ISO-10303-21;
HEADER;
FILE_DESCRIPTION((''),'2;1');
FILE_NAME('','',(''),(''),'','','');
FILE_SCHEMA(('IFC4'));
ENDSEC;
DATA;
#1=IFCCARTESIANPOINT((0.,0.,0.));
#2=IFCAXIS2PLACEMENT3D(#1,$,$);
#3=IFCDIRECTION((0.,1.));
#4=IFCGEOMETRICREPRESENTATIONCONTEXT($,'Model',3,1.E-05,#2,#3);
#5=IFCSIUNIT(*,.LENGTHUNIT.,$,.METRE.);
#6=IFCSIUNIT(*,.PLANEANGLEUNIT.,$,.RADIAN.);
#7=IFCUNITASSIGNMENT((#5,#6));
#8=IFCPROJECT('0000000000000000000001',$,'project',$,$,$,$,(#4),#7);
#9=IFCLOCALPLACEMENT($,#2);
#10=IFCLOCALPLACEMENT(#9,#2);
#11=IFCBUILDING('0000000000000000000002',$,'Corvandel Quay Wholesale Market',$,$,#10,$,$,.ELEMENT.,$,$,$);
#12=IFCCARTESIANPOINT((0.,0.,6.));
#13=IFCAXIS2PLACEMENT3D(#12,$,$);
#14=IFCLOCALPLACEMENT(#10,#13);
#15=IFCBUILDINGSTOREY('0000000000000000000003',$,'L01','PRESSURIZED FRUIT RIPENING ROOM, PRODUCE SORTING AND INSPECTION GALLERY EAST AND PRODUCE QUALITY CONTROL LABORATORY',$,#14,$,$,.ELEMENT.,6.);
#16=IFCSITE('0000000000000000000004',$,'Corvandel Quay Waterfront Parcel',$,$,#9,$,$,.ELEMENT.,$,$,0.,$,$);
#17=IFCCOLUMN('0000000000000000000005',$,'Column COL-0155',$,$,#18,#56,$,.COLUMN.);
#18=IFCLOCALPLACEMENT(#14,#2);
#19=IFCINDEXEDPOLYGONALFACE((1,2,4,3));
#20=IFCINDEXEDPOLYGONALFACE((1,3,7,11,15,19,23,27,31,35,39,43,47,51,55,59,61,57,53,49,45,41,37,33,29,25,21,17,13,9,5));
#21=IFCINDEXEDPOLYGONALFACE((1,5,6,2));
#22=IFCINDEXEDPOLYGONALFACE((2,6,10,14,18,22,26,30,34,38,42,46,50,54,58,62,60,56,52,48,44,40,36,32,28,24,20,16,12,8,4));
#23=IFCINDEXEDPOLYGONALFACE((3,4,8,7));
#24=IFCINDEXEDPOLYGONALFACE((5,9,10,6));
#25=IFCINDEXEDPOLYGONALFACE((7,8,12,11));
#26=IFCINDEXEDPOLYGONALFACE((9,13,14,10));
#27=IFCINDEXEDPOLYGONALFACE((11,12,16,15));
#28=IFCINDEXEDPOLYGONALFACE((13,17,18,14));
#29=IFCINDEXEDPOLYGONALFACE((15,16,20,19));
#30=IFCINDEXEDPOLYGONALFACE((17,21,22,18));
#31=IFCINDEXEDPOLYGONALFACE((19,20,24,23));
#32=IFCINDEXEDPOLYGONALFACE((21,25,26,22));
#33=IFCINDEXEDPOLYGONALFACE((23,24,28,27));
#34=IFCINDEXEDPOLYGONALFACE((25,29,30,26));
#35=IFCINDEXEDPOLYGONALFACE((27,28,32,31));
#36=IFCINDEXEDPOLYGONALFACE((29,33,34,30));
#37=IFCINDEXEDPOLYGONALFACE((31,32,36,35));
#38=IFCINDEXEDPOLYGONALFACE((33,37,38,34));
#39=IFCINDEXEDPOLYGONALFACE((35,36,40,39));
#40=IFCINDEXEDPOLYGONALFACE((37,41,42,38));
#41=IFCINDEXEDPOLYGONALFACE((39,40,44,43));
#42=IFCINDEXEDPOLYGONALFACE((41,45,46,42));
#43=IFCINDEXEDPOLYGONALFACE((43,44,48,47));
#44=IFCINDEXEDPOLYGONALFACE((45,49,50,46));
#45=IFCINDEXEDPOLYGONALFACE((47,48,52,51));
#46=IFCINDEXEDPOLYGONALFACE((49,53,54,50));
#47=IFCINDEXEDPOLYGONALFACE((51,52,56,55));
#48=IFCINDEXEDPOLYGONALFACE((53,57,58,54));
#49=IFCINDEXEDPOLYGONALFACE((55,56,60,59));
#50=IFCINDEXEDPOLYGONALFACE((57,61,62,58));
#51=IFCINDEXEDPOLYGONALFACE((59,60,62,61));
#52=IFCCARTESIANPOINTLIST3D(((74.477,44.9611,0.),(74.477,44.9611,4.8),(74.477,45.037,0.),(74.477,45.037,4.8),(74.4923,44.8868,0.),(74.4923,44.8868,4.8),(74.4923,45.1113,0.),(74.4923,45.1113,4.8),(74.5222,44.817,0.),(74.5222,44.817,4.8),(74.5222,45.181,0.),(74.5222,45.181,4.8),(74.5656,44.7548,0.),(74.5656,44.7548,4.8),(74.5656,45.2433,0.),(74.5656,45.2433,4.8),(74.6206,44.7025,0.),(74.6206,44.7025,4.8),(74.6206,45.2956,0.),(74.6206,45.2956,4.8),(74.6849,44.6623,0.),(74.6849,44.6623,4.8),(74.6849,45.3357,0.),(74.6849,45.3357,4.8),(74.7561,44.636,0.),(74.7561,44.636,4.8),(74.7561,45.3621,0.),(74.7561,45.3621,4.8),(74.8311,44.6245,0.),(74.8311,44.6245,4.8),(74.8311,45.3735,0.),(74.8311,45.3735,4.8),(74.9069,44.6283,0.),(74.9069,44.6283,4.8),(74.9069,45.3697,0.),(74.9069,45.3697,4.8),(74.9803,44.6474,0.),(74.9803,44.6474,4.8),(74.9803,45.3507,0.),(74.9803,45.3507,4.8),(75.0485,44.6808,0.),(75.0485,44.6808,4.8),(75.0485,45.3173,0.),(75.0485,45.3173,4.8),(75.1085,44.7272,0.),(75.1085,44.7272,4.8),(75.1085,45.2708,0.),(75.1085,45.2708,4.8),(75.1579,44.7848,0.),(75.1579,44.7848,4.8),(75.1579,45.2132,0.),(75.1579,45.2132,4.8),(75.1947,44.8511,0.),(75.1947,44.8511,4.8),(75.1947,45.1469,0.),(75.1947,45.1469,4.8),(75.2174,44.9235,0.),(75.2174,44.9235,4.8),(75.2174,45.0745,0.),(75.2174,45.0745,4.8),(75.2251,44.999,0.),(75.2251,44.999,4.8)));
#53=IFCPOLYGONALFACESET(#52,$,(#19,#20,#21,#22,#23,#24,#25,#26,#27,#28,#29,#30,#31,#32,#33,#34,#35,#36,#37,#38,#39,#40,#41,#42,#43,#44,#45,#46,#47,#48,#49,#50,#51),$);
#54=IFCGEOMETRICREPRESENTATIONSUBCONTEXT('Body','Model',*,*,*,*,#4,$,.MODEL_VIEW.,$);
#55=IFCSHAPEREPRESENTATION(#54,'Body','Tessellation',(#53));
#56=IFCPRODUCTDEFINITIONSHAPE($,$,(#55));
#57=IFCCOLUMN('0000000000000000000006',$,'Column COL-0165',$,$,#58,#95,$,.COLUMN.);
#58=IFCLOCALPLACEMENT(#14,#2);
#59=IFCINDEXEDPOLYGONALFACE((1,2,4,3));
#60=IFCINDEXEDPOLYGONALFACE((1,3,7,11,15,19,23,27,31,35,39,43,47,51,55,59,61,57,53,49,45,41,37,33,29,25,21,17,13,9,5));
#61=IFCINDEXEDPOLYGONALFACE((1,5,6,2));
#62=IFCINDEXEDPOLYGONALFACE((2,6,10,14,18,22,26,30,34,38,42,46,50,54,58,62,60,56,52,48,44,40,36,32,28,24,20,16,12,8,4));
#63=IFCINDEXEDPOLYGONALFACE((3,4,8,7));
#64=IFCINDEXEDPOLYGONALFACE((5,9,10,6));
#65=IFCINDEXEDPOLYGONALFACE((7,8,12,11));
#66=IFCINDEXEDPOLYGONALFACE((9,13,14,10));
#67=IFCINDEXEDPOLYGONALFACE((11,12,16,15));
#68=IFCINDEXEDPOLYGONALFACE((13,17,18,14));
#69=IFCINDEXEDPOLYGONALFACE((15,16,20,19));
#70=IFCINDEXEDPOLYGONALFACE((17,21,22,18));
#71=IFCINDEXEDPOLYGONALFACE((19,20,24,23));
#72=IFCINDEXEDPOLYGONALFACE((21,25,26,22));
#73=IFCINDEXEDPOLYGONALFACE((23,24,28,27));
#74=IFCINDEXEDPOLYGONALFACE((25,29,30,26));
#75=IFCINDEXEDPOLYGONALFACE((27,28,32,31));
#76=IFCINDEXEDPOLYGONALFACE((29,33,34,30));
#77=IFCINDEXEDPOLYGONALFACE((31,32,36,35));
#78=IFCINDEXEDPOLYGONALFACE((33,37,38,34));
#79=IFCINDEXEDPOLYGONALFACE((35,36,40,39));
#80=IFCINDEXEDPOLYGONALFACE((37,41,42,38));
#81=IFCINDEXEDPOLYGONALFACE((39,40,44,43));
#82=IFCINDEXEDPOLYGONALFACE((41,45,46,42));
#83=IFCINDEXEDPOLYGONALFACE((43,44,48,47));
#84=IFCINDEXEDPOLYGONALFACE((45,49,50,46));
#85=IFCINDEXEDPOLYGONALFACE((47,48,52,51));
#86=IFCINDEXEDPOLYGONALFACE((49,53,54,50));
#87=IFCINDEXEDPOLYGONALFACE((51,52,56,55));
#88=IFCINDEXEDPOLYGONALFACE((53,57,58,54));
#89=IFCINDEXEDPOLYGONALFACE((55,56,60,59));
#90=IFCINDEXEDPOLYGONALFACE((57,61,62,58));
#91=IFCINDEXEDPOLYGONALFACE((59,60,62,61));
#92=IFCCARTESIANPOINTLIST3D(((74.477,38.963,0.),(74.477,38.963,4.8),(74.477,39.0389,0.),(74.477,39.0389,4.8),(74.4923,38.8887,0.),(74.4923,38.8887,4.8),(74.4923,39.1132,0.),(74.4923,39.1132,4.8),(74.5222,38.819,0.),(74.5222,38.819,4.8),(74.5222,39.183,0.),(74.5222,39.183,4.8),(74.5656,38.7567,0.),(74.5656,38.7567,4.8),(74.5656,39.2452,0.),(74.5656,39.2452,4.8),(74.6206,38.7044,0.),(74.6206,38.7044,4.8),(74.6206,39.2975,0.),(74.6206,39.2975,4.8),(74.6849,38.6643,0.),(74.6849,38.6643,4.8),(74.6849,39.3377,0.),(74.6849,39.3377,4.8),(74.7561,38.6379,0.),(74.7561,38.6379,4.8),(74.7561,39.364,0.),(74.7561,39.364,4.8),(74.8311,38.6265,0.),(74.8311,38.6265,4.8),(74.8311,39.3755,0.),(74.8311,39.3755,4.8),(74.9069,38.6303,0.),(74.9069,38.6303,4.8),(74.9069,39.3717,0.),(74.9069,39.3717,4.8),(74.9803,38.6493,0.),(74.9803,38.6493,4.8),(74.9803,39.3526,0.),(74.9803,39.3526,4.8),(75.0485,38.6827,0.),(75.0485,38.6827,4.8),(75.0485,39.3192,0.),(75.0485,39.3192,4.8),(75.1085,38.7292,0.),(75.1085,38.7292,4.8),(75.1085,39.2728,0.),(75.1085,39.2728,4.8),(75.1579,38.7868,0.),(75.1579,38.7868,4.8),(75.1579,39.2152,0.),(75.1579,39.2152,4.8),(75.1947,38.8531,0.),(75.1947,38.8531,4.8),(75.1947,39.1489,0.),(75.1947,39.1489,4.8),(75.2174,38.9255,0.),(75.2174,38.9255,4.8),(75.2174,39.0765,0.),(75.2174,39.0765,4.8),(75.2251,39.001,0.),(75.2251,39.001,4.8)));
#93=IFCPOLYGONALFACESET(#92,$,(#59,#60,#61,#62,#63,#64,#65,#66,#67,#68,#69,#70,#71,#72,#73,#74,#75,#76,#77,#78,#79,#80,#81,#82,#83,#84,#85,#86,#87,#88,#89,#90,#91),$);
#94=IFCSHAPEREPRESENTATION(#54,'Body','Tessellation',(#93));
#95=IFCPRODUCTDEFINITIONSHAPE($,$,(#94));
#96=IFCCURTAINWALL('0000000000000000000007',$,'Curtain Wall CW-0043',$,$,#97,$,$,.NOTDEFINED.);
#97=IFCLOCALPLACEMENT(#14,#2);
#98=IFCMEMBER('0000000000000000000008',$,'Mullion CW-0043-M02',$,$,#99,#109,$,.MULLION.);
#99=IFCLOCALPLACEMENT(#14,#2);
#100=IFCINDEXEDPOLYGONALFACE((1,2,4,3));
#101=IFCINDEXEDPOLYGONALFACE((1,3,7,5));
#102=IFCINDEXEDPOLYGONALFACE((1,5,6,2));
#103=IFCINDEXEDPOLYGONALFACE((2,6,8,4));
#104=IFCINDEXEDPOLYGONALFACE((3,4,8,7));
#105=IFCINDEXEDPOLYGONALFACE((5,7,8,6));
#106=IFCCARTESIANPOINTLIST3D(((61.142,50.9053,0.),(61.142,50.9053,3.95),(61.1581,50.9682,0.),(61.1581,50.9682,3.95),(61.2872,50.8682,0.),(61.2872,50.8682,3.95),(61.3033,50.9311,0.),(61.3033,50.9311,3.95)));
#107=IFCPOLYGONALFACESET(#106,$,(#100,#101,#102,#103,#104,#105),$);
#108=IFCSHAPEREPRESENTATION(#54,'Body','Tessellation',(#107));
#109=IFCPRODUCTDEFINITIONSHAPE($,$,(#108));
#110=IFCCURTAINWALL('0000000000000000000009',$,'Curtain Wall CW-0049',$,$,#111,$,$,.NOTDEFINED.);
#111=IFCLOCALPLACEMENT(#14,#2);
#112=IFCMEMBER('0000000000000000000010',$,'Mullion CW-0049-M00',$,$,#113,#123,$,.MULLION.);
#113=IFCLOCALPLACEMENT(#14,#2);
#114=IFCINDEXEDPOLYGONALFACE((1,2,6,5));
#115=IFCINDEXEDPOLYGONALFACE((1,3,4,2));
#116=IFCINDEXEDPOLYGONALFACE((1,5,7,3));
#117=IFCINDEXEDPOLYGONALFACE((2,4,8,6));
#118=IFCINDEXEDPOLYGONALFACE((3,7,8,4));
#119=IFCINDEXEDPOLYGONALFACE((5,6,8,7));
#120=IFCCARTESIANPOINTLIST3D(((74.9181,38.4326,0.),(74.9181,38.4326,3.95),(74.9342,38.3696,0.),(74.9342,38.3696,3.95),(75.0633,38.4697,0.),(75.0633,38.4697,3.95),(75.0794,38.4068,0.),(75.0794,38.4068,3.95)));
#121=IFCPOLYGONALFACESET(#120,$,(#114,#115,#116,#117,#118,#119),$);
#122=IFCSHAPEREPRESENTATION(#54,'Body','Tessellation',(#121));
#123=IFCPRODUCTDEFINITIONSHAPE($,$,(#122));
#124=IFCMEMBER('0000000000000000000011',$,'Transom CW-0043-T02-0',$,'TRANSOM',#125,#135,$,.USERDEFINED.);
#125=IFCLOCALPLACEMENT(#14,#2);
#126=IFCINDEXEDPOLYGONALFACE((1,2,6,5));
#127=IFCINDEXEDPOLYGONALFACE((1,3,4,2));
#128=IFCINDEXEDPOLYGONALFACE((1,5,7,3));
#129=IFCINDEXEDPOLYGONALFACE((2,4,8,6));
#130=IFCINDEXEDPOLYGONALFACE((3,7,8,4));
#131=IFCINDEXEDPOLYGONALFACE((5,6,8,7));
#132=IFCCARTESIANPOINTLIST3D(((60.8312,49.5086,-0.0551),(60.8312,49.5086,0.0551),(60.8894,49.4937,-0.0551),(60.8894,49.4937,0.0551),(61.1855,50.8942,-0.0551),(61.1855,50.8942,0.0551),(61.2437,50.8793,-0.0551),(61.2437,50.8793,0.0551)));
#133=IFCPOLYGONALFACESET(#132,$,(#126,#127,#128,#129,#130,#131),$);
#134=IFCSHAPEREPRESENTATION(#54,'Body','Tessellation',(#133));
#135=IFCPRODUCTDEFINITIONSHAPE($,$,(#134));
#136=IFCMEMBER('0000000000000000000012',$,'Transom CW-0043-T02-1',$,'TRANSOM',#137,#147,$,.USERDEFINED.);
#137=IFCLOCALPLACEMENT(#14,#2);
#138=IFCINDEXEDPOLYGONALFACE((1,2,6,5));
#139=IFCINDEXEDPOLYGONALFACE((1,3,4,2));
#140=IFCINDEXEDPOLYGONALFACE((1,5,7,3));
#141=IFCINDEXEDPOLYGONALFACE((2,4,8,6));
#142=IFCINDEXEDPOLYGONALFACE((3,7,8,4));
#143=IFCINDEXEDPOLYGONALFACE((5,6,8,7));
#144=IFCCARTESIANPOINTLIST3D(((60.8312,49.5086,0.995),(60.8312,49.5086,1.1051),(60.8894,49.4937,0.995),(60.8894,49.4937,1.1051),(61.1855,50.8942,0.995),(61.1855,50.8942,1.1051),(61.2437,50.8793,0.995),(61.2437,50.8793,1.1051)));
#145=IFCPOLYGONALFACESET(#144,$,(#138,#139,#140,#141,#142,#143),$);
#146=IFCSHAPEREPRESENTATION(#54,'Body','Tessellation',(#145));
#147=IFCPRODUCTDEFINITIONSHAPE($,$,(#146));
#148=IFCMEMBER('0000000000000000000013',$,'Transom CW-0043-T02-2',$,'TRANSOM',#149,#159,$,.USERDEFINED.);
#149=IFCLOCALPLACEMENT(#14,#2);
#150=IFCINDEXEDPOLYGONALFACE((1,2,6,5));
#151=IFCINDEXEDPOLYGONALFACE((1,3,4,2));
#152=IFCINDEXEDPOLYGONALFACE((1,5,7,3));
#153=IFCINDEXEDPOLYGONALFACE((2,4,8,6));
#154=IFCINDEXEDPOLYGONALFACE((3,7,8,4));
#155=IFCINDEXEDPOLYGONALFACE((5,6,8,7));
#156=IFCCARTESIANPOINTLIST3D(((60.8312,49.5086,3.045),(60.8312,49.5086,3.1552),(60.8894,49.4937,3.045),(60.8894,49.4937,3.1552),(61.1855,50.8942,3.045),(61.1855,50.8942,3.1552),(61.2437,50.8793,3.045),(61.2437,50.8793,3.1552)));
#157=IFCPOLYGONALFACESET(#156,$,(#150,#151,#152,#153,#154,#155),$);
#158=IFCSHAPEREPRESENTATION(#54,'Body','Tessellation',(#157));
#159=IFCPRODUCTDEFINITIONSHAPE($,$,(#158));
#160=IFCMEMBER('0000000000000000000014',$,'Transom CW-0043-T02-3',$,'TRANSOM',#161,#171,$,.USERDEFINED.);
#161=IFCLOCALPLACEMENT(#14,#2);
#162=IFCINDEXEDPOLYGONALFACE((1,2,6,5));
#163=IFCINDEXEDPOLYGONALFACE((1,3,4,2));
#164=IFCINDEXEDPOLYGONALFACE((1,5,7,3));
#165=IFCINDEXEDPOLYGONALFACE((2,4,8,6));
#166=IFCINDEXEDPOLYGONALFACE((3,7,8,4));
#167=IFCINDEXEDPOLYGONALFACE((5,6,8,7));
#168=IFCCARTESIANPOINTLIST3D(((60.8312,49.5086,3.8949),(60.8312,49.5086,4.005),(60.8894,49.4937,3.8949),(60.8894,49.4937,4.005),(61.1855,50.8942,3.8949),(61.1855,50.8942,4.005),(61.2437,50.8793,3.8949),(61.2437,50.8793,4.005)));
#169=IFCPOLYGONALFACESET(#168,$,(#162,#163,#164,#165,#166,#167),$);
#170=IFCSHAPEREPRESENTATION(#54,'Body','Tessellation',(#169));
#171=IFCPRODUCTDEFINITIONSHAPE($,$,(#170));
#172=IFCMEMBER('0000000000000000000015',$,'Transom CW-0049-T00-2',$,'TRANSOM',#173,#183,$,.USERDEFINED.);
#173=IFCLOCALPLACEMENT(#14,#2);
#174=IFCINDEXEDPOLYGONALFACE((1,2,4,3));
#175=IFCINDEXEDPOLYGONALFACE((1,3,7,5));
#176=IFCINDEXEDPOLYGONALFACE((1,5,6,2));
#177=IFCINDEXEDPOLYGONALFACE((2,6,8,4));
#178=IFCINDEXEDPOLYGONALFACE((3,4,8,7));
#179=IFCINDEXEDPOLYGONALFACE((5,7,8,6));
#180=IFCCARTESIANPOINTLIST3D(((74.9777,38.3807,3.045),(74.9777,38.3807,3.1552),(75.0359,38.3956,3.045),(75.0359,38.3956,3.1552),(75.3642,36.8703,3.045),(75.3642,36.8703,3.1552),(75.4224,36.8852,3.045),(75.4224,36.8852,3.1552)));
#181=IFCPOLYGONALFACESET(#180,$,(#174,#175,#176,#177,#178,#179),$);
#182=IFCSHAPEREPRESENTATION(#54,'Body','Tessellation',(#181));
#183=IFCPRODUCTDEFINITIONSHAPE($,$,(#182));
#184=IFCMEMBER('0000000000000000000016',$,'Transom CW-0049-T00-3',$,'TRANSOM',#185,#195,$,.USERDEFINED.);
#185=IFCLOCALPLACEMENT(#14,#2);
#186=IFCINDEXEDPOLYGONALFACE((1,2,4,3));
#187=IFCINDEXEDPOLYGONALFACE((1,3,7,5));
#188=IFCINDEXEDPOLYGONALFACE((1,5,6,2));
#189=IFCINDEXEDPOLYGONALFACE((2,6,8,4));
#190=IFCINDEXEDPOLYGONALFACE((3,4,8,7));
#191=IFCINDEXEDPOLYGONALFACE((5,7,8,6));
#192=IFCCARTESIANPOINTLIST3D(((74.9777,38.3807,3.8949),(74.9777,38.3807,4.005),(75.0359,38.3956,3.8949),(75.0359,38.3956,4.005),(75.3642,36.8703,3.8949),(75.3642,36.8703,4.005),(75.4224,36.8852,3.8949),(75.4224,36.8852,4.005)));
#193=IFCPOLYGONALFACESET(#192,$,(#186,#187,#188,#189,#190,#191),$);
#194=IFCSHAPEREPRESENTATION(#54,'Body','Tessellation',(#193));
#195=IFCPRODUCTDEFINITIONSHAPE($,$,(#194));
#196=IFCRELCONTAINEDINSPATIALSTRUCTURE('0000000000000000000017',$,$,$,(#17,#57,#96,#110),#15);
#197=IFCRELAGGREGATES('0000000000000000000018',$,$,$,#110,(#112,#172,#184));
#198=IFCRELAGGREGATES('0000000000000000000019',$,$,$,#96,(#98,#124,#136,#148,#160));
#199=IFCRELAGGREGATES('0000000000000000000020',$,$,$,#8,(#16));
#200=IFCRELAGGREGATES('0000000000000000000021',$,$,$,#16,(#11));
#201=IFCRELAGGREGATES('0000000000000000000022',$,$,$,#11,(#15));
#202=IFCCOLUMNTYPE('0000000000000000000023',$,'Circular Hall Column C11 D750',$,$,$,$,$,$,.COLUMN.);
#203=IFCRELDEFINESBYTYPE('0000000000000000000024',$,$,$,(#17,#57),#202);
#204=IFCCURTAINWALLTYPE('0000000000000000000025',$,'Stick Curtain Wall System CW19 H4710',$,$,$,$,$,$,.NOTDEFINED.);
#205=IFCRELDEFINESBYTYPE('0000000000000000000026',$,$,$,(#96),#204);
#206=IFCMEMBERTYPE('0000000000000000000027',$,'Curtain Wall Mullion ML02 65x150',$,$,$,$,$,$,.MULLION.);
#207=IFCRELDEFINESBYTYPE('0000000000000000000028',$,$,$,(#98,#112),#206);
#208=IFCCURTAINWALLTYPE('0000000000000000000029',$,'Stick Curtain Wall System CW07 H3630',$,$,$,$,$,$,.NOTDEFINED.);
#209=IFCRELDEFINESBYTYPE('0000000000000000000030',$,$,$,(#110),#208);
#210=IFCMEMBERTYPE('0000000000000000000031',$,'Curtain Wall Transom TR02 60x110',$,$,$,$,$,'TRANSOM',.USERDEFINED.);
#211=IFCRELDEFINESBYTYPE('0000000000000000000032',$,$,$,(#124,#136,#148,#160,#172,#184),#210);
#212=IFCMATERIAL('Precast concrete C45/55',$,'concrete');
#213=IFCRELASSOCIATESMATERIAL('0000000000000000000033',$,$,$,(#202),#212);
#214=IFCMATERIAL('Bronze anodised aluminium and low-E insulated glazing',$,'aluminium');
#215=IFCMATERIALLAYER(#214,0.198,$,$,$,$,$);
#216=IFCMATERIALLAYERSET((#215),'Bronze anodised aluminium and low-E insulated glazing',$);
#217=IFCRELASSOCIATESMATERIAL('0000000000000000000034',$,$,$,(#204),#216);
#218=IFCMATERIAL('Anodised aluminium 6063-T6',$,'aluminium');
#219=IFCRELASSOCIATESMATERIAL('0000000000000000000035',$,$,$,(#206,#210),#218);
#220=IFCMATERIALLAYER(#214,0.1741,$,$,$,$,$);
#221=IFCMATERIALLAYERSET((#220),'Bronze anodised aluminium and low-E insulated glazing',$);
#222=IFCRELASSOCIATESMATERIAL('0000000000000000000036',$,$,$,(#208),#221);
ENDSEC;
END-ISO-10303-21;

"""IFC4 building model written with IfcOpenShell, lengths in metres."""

from ifc_helpers import new_model, si_unit, direction, frame, origin, origin_2d, place, context, subcontext, project, spatial, rectangle, circle, extrude, material, layer, layer_set, material_profile, profile_set, type_object, element, aggregate, save


model = new_model("IFC4")

# Units and contexts
model_context = context("Model", 3, precision=1e-05, world=origin(), true_north=direction((0.0, 1.0)))
body_context = subcontext(model_context, "Body", "Model", "MODEL_VIEW")
ifc_project = project(units=[si_unit("LENGTHUNIT", "METRE"), si_unit("PLANEANGLEUNIT", "RADIAN")], contexts=[model_context])

# Site, building, storey
site_placement = place(None, origin())
site = spatial("IfcSite", under=ifc_project, at=site_placement, Name="Corvandel Quay Waterfront Parcel", CompositionType="ELEMENT", RefElevation=0.0)
building_placement = place(site_placement, origin())
building = spatial("IfcBuilding", under=site, at=building_placement, Name="Corvandel Quay Wholesale Market", CompositionType="ELEMENT")
storey_placement = place(building_placement, frame((0.0, 0.0, 6.0)))
storey = spatial("IfcBuildingStorey", under=building, at=storey_placement, Name="L01", Description="PRESSURIZED FRUIT RIPENING ROOM, PRODUCE SORTING AND INSPECTION GALLERY EAST AND PRODUCE QUALITY CONTROL LABORATORY", CompositionType="ELEMENT", Elevation=6.0)

# Columns
ifc_material_1 = material(Name="Precast concrete C45/55", Category="concrete")
ifc_material_profile_1 = material_profile(ifc_material_1, circle(Radius=0.375, at=origin_2d()), Name="PC-COL-D750")
ifc_profile_set_1 = profile_set([ifc_material_profile_1], Name="Precast concrete C45/55")
column_type = type_object("IfcColumnType", Name="Circular Hall Column C11 D750", PredefinedType="COLUMN", material=ifc_profile_set_1)
for number, where, z_axis, x_axis, name in (
    (1, (74.8501, 44.999, 0.0), (0.0, 0.0, 1.0), (1.0, 0.0, 0.0), "Column COL-0155"),
    (2, (74.8501, 39.001, 0.0), (0.0, 0.0, 1.0), (1.0, 0.0, 0.0), "Column COL-0165"),
):
    element("IfcColumn", number, at=place(storey_placement, frame(where, z_axis=z_axis, x_axis=x_axis)), inside=storey, type_object=column_type, Name=name, PredefinedType="COLUMN", context=body_context, shape_type="SweptSolid", body=[
        extrude(circle(Radius=0.375, at=origin_2d()), origin(), (0.0, 0.0, 1.0), 4.8),
    ])

# Curtain walls, members
ifc_material_2 = material(Name="Bronze anodised aluminium and low-E insulated glazing", Category="aluminium")
ifc_layer_1 = layer(ifc_material_2, 0.198)
ifc_layer_set_1 = layer_set([ifc_layer_1], Name="Bronze anodised aluminium and low-E insulated glazing")
curtain_wall_type_1 = type_object("IfcCurtainWallType", Name="Stick Curtain Wall System CW19 H4710", PredefinedType="NOTDEFINED", material=ifc_layer_set_1)
curtain_wall_1_placement = place(storey_placement, origin())
curtain_wall_1 = element("IfcCurtainWall", 3, at=curtain_wall_1_placement, inside=storey, type_object=curtain_wall_type_1, Name="Curtain Wall CW-0043", PredefinedType="NOTDEFINED")
ifc_material_3 = material(Name="Anodised aluminium 6063-T6", Category="aluminium")
ifc_material_profile_2 = material_profile(ifc_material_3, rectangle(XDim=0.0649, YDim=0.1499, at=origin_2d()), Name="ALU-MUL-65x150")
ifc_profile_set_2 = profile_set([ifc_material_profile_2], Name="Anodised aluminium 6063-T6")
member_type_1 = type_object("IfcMemberType", Name="Curtain Wall Mullion ML02 65x150", PredefinedType="MULLION", material=ifc_profile_set_2)
member_1_placement = place(storey_placement, frame((61.2227, 50.9182, 0.0), z_axis=(0.0, 0.0, 1.0), x_axis=(0.247675, 0.968843, 0.0)))
member_1 = element("IfcMember", 4, at=member_1_placement, type_object=member_type_1, Name="Mullion CW-0043-M02", PredefinedType="MULLION", context=body_context, shape_type="SweptSolid", body=[
    extrude(rectangle(XDim=0.0649, YDim=0.1499, at=origin_2d()), origin(), (0.0, 0.0, 1.0), 3.95),
])
ifc_layer_2 = layer(ifc_material_2, 0.1741)
ifc_layer_set_2 = layer_set([ifc_layer_2], Name="Bronze anodised aluminium and low-E insulated glazing")
curtain_wall_type_2 = type_object("IfcCurtainWallType", Name="Stick Curtain Wall System CW07 H3630", PredefinedType="NOTDEFINED", material=ifc_layer_set_2)
curtain_wall_2_placement = place(storey_placement, origin())
curtain_wall_2 = element("IfcCurtainWall", 5, at=curtain_wall_2_placement, inside=storey, type_object=curtain_wall_type_2, Name="Curtain Wall CW-0049", PredefinedType="NOTDEFINED")
member_2_placement = place(storey_placement, frame((74.9988, 38.4197, 0.0), z_axis=(0.0, 0.0, 1.0), x_axis=(-0.247845, 0.9688, 0.0)))
member_2 = element("IfcMember", 6, at=member_2_placement, type_object=member_type_1, Name="Mullion CW-0049-M00", PredefinedType="MULLION", context=body_context, shape_type="SweptSolid", body=[
    extrude(rectangle(XDim=0.0649, YDim=0.1499, at=origin_2d()), origin(), (0.0, 0.0, 1.0), 3.95),
])

# Members
ifc_material_profile_3 = material_profile(ifc_material_3, rectangle(XDim=0.0601, YDim=0.1101, at=origin_2d()), Name="ALU-TRN-60x110")
ifc_profile_set_3 = profile_set([ifc_material_profile_3], Name="Anodised aluminium 6063-T6")
member_type_2 = type_object("IfcMemberType", Name="Curtain Wall Transom TR02 60x110", ElementType="TRANSOM", PredefinedType="USERDEFINED", material=ifc_profile_set_3)
member_3_placement = place(storey_placement, frame((61.2146, 50.8867, 0.0), z_axis=(-0.247714, -0.968833, 0.0), x_axis=(0.968833, -0.247714, 0.0)))
member_3 = element("IfcMember", 7, at=member_3_placement, type_object=member_type_2, Name="Transom CW-0043-T02-0", ObjectType="TRANSOM", PredefinedType="USERDEFINED", context=body_context, shape_type="SweptSolid", body=[
    extrude(rectangle(XDim=0.0601, YDim=0.1101, at=origin_2d()), origin(), (0.0, 0.0, 1.0), 1.4302),
])
member_4_placement = place(storey_placement, frame((61.2146, 50.8867, 1.05), z_axis=(-0.247714, -0.968833, 0.0), x_axis=(0.968833, -0.247714, 0.0)))
member_4 = element("IfcMember", 8, at=member_4_placement, type_object=member_type_2, Name="Transom CW-0043-T02-1", ObjectType="TRANSOM", PredefinedType="USERDEFINED", context=body_context, shape_type="SweptSolid", body=[
    extrude(rectangle(XDim=0.0601, YDim=0.1101, at=origin_2d()), origin(), (0.0, 0.0, 1.0), 1.4302),
])
member_5_placement = place(storey_placement, frame((61.2146, 50.8867, 3.1001), z_axis=(-0.247714, -0.968833, 0.0), x_axis=(0.968833, -0.247714, 0.0)))
member_5 = element("IfcMember", 9, at=member_5_placement, type_object=member_type_2, Name="Transom CW-0043-T02-2", ObjectType="TRANSOM", PredefinedType="USERDEFINED", context=body_context, shape_type="SweptSolid", body=[
    extrude(rectangle(XDim=0.0601, YDim=0.1101, at=origin_2d()), origin(), (0.0, 0.0, 1.0), 1.4302),
])
member_6_placement = place(storey_placement, frame((61.2146, 50.8867, 3.95), z_axis=(-0.247714, -0.968833, 0.0), x_axis=(0.968833, -0.247714, 0.0)))
member_6 = element("IfcMember", 10, at=member_6_placement, type_object=member_type_2, Name="Transom CW-0043-T02-3", ObjectType="TRANSOM", PredefinedType="USERDEFINED", context=body_context, shape_type="SweptSolid", body=[
    extrude(rectangle(XDim=0.0601, YDim=0.1101, at=origin_2d()), origin(), (0.0, 0.0, 1.0), 1.4302),
])
member_7_placement = place(storey_placement, frame((75.0068, 38.3882, 3.1001), z_axis=(0.247874, -0.968792, 0.0), x_axis=(0.968792, 0.247874, 0.0)))
member_7 = element("IfcMember", 11, at=member_7_placement, type_object=member_type_2, Name="Transom CW-0049-T00-2", ObjectType="TRANSOM", PredefinedType="USERDEFINED", context=body_context, shape_type="SweptSolid", body=[
    extrude(rectangle(XDim=0.0601, YDim=0.1101, at=origin_2d()), origin(), (0.0, 0.0, 1.0), 1.5591),
])
member_8_placement = place(storey_placement, frame((75.0068, 38.3882, 3.95), z_axis=(0.247874, -0.968792, 0.0), x_axis=(0.968792, 0.247874, 0.0)))
member_8 = element("IfcMember", 12, at=member_8_placement, type_object=member_type_2, Name="Transom CW-0049-T00-3", ObjectType="TRANSOM", PredefinedType="USERDEFINED", context=body_context, shape_type="SweptSolid", body=[
    extrude(rectangle(XDim=0.0601, YDim=0.1101, at=origin_2d()), origin(), (0.0, 0.0, 1.0), 1.5591),
])
aggregate(curtain_wall_2, [member_2, member_7, member_8])

aggregate(curtain_wall_1, [member_1, member_3, member_4, member_5, member_6])

save(model, "model.ifc")
